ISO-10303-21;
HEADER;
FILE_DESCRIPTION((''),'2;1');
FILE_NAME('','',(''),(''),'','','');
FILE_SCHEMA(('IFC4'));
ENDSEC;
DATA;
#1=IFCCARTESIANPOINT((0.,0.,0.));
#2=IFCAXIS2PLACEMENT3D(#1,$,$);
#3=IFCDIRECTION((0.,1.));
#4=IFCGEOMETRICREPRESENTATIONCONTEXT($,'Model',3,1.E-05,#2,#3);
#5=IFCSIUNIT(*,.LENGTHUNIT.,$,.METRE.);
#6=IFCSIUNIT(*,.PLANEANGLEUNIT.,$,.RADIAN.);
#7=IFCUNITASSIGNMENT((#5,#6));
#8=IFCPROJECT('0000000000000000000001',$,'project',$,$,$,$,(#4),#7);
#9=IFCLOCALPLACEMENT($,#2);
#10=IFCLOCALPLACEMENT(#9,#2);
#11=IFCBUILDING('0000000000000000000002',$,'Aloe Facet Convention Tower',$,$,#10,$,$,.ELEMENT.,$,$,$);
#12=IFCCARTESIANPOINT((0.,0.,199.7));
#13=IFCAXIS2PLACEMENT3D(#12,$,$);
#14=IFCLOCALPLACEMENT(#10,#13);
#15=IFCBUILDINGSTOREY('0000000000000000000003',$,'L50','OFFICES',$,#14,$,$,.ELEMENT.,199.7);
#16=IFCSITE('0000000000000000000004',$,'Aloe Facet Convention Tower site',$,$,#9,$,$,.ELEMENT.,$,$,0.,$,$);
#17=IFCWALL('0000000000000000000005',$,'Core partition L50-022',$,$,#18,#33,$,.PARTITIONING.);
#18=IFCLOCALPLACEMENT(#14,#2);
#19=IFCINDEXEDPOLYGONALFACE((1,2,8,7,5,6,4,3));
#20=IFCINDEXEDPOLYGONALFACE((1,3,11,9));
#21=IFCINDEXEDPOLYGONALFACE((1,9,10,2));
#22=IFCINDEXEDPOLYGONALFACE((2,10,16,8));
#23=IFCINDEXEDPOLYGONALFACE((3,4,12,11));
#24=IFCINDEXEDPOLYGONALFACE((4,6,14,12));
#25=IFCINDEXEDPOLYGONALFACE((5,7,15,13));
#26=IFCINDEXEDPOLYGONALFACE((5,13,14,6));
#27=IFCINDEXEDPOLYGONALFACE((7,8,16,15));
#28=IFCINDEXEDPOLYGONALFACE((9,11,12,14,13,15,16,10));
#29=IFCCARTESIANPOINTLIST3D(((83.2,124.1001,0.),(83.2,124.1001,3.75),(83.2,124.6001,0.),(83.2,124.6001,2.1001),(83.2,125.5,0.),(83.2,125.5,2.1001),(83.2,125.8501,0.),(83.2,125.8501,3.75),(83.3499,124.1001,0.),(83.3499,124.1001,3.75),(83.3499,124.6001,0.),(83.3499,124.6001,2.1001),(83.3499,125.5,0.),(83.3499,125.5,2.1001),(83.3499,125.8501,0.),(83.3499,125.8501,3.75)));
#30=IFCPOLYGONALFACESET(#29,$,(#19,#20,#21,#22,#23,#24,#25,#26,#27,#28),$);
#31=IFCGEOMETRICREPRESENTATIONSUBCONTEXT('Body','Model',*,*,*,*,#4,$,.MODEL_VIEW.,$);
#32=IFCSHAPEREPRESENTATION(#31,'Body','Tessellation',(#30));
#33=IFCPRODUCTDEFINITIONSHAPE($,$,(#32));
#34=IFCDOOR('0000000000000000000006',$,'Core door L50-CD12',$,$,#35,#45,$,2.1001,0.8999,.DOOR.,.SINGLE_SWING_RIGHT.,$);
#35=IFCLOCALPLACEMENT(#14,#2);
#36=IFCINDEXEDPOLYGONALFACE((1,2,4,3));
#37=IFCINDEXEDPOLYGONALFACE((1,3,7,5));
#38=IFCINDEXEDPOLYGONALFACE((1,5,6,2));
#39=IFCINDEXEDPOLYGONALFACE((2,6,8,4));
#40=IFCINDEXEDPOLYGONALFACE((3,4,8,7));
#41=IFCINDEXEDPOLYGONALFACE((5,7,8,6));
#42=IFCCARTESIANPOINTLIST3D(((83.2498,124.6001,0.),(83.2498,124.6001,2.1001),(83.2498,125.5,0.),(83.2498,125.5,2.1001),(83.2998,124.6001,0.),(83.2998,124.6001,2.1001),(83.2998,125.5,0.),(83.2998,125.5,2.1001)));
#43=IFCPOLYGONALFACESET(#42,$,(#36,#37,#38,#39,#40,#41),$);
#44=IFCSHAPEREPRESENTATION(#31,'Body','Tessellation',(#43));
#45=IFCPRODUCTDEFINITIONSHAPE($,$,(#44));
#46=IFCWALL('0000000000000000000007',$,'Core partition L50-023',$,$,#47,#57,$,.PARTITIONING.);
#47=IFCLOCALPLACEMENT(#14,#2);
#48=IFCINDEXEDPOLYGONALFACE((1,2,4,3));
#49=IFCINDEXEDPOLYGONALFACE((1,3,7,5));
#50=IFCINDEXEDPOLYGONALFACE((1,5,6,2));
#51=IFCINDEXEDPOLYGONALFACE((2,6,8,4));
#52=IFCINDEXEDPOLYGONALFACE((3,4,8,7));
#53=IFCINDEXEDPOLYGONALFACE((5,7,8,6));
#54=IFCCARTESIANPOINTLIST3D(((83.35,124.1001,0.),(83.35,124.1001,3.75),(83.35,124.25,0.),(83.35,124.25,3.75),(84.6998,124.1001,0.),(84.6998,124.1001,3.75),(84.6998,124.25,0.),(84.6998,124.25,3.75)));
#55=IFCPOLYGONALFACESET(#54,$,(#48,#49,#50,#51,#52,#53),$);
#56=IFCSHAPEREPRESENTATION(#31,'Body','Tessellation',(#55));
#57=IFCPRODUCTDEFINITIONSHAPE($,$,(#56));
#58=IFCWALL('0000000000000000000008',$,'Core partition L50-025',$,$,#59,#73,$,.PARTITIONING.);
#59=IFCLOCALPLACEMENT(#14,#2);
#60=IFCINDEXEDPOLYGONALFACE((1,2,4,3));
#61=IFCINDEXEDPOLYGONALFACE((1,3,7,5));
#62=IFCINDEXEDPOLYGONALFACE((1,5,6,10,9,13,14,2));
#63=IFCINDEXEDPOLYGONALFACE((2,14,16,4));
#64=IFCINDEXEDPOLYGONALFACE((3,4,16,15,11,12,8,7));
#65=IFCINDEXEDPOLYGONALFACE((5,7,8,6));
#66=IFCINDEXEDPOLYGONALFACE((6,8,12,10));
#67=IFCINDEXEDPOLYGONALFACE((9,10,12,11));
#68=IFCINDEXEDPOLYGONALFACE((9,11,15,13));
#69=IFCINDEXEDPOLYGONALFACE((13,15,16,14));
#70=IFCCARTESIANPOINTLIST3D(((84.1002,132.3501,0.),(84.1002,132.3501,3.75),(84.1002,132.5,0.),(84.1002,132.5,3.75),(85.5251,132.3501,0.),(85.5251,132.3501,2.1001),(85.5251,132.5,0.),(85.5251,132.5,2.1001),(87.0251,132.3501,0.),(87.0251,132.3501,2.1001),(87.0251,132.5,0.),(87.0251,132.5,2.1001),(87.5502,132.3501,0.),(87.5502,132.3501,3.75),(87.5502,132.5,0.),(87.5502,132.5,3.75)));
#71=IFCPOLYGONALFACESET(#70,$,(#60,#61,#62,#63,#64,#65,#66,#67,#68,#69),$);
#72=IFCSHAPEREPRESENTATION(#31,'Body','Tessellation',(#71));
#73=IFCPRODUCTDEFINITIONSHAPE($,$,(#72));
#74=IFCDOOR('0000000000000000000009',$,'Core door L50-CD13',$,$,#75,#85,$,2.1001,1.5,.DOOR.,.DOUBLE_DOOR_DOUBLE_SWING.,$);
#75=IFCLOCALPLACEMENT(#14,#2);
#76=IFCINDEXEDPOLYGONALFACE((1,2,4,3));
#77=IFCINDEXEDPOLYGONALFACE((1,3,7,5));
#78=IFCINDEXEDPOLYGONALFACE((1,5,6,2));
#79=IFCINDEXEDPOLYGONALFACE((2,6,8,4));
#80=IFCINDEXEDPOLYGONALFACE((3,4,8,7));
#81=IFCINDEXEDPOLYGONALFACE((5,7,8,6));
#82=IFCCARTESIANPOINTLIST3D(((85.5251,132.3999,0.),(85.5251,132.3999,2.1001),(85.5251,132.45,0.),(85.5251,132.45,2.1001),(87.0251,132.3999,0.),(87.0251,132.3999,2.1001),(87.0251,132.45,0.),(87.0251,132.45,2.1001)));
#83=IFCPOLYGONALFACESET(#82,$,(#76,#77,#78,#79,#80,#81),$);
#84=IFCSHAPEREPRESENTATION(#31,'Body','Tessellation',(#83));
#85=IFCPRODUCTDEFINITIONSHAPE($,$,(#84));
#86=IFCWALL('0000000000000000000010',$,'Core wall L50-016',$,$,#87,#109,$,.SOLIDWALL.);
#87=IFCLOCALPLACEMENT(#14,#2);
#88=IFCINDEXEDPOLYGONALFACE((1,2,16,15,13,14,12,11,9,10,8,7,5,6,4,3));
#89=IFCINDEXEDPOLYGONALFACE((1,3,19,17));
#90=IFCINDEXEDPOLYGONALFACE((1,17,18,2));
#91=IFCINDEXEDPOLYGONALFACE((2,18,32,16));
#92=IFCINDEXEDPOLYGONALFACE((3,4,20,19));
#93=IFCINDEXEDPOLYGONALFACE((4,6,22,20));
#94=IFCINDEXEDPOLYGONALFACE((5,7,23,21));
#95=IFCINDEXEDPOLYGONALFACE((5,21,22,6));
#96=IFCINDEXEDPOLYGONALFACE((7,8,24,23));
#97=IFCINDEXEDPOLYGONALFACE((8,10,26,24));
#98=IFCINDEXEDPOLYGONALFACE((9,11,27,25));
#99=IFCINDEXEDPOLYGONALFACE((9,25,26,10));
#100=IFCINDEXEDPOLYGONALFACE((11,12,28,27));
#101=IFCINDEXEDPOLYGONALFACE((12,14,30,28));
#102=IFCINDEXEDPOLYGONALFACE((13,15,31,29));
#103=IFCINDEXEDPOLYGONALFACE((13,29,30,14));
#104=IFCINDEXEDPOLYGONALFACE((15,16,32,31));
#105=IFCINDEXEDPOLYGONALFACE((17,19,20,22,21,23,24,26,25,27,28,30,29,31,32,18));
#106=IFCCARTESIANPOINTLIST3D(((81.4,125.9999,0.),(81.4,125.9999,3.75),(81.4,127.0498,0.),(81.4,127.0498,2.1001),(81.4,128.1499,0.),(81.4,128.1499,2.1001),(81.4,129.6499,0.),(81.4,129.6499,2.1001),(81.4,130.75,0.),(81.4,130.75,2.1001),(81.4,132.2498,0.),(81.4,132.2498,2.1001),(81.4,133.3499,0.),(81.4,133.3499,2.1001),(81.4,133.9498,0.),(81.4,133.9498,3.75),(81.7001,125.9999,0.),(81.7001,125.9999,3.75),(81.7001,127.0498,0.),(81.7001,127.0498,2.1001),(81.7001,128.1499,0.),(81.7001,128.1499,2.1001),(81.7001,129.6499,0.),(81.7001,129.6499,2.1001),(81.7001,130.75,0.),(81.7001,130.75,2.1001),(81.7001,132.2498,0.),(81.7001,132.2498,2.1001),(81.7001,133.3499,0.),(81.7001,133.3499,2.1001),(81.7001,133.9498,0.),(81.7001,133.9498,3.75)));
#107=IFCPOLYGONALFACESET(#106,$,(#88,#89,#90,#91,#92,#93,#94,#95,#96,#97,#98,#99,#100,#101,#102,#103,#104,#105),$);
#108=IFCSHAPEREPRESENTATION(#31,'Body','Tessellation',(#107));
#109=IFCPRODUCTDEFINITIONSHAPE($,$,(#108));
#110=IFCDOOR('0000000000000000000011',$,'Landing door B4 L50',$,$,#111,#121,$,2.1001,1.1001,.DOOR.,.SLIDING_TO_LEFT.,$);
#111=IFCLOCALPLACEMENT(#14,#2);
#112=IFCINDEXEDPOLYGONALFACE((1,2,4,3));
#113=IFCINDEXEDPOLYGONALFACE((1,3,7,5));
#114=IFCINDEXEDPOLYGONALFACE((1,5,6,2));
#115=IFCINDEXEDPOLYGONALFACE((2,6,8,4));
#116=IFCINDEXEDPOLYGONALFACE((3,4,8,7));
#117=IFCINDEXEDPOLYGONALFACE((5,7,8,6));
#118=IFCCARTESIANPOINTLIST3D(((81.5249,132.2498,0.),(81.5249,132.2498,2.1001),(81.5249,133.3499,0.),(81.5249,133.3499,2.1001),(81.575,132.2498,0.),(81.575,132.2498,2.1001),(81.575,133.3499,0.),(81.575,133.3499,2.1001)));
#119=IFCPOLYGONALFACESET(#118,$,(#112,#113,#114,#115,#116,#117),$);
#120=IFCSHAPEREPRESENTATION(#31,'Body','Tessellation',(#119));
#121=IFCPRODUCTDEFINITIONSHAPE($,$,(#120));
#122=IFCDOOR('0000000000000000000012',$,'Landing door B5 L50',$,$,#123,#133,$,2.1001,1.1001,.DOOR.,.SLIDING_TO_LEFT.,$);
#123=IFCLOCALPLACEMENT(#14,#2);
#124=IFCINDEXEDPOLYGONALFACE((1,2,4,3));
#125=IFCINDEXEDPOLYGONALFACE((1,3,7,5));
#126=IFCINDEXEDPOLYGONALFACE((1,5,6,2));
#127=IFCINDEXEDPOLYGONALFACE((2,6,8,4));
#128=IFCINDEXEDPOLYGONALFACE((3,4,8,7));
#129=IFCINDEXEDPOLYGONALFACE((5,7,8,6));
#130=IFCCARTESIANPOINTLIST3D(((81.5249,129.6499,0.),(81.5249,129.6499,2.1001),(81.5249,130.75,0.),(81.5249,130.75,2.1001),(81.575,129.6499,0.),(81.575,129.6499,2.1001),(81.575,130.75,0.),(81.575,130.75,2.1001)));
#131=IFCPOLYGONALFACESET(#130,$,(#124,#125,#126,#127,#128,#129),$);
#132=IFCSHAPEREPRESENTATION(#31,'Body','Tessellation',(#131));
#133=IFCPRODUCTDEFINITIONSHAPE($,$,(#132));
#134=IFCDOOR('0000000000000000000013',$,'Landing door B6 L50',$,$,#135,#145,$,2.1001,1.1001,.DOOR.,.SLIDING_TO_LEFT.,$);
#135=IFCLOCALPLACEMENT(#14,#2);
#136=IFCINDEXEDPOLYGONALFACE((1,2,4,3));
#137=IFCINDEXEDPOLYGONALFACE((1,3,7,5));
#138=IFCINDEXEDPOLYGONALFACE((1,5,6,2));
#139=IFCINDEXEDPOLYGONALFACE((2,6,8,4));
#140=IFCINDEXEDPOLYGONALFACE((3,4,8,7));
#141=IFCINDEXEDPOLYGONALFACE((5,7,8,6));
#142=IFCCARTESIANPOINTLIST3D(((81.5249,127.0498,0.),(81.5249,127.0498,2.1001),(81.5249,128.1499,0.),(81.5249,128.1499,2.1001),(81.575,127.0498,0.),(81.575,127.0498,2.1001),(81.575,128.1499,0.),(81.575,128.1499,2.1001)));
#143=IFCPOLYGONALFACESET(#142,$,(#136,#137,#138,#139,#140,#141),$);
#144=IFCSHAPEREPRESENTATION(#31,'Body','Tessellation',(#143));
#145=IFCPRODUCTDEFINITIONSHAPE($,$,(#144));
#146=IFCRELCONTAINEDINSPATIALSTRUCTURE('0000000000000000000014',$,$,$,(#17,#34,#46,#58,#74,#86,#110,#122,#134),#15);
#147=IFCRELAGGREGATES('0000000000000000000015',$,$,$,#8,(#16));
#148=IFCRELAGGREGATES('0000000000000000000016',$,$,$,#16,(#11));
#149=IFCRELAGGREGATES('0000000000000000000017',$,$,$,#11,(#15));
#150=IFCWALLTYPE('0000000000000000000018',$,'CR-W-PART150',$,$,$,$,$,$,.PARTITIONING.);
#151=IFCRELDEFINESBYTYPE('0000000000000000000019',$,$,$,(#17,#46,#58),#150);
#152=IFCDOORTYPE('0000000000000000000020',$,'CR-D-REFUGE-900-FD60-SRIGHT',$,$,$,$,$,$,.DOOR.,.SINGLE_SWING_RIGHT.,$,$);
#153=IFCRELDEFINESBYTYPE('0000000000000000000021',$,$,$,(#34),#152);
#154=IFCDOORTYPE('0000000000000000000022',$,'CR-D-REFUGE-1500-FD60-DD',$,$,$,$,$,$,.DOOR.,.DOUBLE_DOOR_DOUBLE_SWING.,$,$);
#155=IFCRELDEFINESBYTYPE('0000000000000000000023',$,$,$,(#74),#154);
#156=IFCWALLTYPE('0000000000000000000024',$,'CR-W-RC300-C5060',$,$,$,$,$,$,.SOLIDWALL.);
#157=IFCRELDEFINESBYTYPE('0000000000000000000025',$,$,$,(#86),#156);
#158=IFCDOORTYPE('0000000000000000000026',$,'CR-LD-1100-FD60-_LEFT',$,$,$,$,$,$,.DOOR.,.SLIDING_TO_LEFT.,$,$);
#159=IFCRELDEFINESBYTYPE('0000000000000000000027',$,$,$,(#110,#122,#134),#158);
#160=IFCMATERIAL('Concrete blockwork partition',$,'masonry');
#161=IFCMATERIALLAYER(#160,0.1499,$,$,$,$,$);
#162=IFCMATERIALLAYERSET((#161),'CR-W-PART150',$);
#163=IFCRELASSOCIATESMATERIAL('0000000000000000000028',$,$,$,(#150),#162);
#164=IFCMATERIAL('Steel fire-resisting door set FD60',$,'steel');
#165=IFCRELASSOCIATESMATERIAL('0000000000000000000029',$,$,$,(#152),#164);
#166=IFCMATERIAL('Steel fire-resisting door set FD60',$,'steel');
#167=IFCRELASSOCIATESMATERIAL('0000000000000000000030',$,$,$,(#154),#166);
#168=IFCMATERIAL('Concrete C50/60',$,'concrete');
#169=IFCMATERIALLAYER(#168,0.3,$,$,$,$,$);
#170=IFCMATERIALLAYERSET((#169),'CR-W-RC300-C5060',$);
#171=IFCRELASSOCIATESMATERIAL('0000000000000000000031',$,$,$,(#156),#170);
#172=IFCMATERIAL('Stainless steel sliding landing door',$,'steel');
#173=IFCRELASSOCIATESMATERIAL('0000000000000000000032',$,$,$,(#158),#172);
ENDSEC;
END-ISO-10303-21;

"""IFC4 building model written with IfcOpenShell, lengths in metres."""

from ifc_helpers import new_model, si_unit, direction, frame, frame_2d, origin, place, context, subcontext, project, spatial, rectangle, extrude, material, layer, layer_set, type_object, element, fill, save


model = new_model("IFC4")

# Units and contexts
model_context = context("Model", 3, precision=1e-05, world=origin(), true_north=direction((0.0, 1.0)))
body_context = subcontext(model_context, "Body", "Model", "MODEL_VIEW")
ifc_project = project(units=[si_unit("LENGTHUNIT", "METRE"), si_unit("PLANEANGLEUNIT", "RADIAN")], contexts=[model_context])

# Site, building, storey
site_placement = place(None, origin())
site = spatial("IfcSite", under=ifc_project, at=site_placement, Name="Aloe Facet Convention Tower site", CompositionType="ELEMENT", RefElevation=0.0)
building_placement = place(site_placement, origin())
building = spatial("IfcBuilding", under=site, at=building_placement, Name="Aloe Facet Convention Tower", CompositionType="ELEMENT")
storey_placement = place(building_placement, frame((0.0, 0.0, 199.7)))
storey = spatial("IfcBuildingStorey", under=building, at=storey_placement, Name="L50", Description="OFFICES", CompositionType="ELEMENT", Elevation=199.7)

# Wall, opening, door
ifc_material_1 = material(Name="Concrete blockwork partition", Category="masonry")
ifc_layer_1 = layer(ifc_material_1, 0.1499)
ifc_layer_set_1 = layer_set([ifc_layer_1], Name="CR-W-PART150")
wall_type_1 = type_object("IfcWallType", Name="CR-W-PART150", PredefinedType="PARTITIONING", material=ifc_layer_set_1)
wall_1_placement = place(storey_placement, frame((83.2749, 125.8501, 0.0), z_axis=(0.0, 0.0, 1.0), x_axis=(0.0, -1.0, 0.0)))
wall_1 = element("IfcWall", 1, at=wall_1_placement, inside=storey, type_object=wall_type_1, Name="Core partition L50-022", PredefinedType="PARTITIONING", context=body_context, shape_type="SweptSolid", body=[
    extrude(rectangle(XDim=1.75, YDim=0.1499, at=frame_2d((0.875, 0.0))), origin(), (0.0, 0.0, 1.0), 3.75),
])
opening_1_placement = place(wall_1_placement, frame((0.3501, 0.0, 0.0)))
opening_1 = element("IfcOpeningElement", 2, at=opening_1_placement, cuts=wall_1, PredefinedType="OPENING", context=body_context, shape_type="SweptSolid", body=[
    extrude(rectangle(XDim=0.8999, YDim=2.1001, at=frame_2d((0.45, 1.05))), frame((0.0, 0.085, 0.0), z_axis=(0.0, -1.0, 0.0), x_axis=(1.0, 0.0, 0.0)), (0.0, 0.0, 1.0), 0.1699),
])
ifc_material_2 = material(Name="Steel fire-resisting door set FD60", Category="steel")
door_type_1 = type_object("IfcDoorType", Name="CR-D-REFUGE-900-FD60-SRIGHT", OperationType="SINGLE_SWING_RIGHT", PredefinedType="DOOR", material=ifc_material_2)
door_1_placement = place(opening_1_placement, origin())
door_1 = element("IfcDoor", 3, at=door_1_placement, inside=storey, type_object=door_type_1, Name="Core door L50-CD12", OperationType="SINGLE_SWING_RIGHT", OverallHeight=2.1001, OverallWidth=0.8999, PredefinedType="DOOR", context=body_context, shape_type="SweptSolid", body=[
    extrude(rectangle(XDim=0.8999, YDim=2.1001, at=frame_2d((0.45, 1.05))), frame((0.0, 0.0249, 0.0), z_axis=(0.0, -1.0, 0.0), x_axis=(1.0, 0.0, 0.0)), (0.0, 0.0, 1.0), 0.05),
])
fill(opening_1, door_1)

# Wall
wall_2_placement = place(storey_placement, frame((83.3501, 124.175, 0.0), z_axis=(0.0, 0.0, 1.0), x_axis=(1.0, 0.0, 0.0)))
element("IfcWall", 4, at=wall_2_placement, inside=storey, type_object=wall_type_1, Name="Core partition L50-023", PredefinedType="PARTITIONING", context=body_context, shape_type="SweptSolid", body=[
    extrude(rectangle(XDim=1.3499, YDim=0.1499, at=frame_2d((0.6748, 0.0))), origin(), (0.0, 0.0, 1.0), 3.75),
])

# Wall, opening, door
wall_3_placement = place(storey_placement, frame((84.1001, 132.425, 0.0), z_axis=(0.0, 0.0, 1.0), x_axis=(1.0, 0.0, 0.0)))
wall_3 = element("IfcWall", 5, at=wall_3_placement, inside=storey, type_object=wall_type_1, Name="Core partition L50-025", PredefinedType="PARTITIONING", context=body_context, shape_type="SweptSolid", body=[
    extrude(rectangle(XDim=3.45, YDim=0.1499, at=frame_2d((1.7251, 0.0))), origin(), (0.0, 0.0, 1.0), 3.75),
])
opening_2_placement = place(wall_3_placement, frame((1.425, 0.0, 0.0)))
opening_2 = element("IfcOpeningElement", 6, at=opening_2_placement, cuts=wall_3, PredefinedType="OPENING", context=body_context, shape_type="SweptSolid", body=[
    extrude(rectangle(XDim=1.5, YDim=2.1001, at=frame_2d((0.75, 1.05))), frame((0.0, 0.085, 0.0), z_axis=(0.0, -1.0, 0.0), x_axis=(1.0, 0.0, 0.0)), (0.0, 0.0, 1.0), 0.1699),
])
ifc_material_3 = material(Name="Steel fire-resisting door set FD60", Category="steel")
door_type_2 = type_object("IfcDoorType", Name="CR-D-REFUGE-1500-FD60-DD", OperationType="DOUBLE_DOOR_DOUBLE_SWING", PredefinedType="DOOR", material=ifc_material_3)
door_2_placement = place(opening_2_placement, origin())
door_2 = element("IfcDoor", 7, at=door_2_placement, inside=storey, type_object=door_type_2, Name="Core door L50-CD13", OperationType="DOUBLE_DOOR_DOUBLE_SWING", OverallHeight=2.1001, OverallWidth=1.5, PredefinedType="DOOR", context=body_context, shape_type="SweptSolid", body=[
    extrude(rectangle(XDim=1.5, YDim=2.1001, at=frame_2d((0.75, 1.05))), frame((0.0, 0.0249, 0.0), z_axis=(0.0, -1.0, 0.0), x_axis=(1.0, 0.0, 0.0)), (0.0, 0.0, 1.0), 0.05),
])
fill(opening_2, door_2)

# Wall, openings, doors
ifc_material_4 = material(Name="Concrete C50/60", Category="concrete")
ifc_layer_2 = layer(ifc_material_4, 0.3)
ifc_layer_set_2 = layer_set([ifc_layer_2], Name="CR-W-RC300-C5060")
wall_type_2 = type_object("IfcWallType", Name="CR-W-RC300-C5060", PredefinedType="SOLIDWALL", material=ifc_layer_set_2)
wall_4_placement = place(storey_placement, frame((81.55, 133.95, 0.0), z_axis=(0.0, 0.0, 1.0), x_axis=(0.0, -1.0, 0.0)))
wall_4 = element("IfcWall", 8, at=wall_4_placement, inside=storey, type_object=wall_type_2, Name="Core wall L50-016", PredefinedType="SOLIDWALL", context=body_context, shape_type="SweptSolid", body=[
    extrude(rectangle(XDim=7.95, YDim=0.3, at=frame_2d((3.9751, 0.0))), origin(), (0.0, 0.0, 1.0), 3.75),
])
opening_3_placement = place(wall_4_placement, frame((0.6001, 0.0, 0.0)))
opening_3 = element("IfcOpeningElement", 9, at=opening_3_placement, cuts=wall_4, PredefinedType="OPENING", context=body_context, shape_type="SweptSolid", body=[
    extrude(rectangle(XDim=1.1001, YDim=2.1001, at=frame_2d((0.55, 1.05))), frame((0.0, 0.1602, 0.0), z_axis=(0.0, -1.0, 0.0), x_axis=(1.0, 0.0, 0.0)), (0.0, 0.0, 1.0), 0.3201),
])
opening_4_placement = place(wall_4_placement, frame((3.2, 0.0, 0.0)))
opening_4 = element("IfcOpeningElement", 10, at=opening_4_placement, cuts=wall_4, PredefinedType="OPENING", context=body_context, shape_type="SweptSolid", body=[
    extrude(rectangle(XDim=1.1001, YDim=2.1001, at=frame_2d((0.55, 1.05))), frame((0.0, 0.1602, 0.0), z_axis=(0.0, -1.0, 0.0), x_axis=(1.0, 0.0, 0.0)), (0.0, 0.0, 1.0), 0.3201),
])
opening_5_placement = place(wall_4_placement, frame((5.8, 0.0, 0.0)))
opening_5 = element("IfcOpeningElement", 11, at=opening_5_placement, cuts=wall_4, PredefinedType="OPENING", context=body_context, shape_type="SweptSolid", body=[
    extrude(rectangle(XDim=1.1001, YDim=2.1001, at=frame_2d((0.55, 1.05))), frame((0.0, 0.1602, 0.0), z_axis=(0.0, -1.0, 0.0), x_axis=(1.0, 0.0, 0.0)), (0.0, 0.0, 1.0), 0.3201),
])
ifc_material_5 = material(Name="Stainless steel sliding landing door", Category="steel")
door_type_3 = type_object("IfcDoorType", Name="CR-LD-1100-FD60-_LEFT", OperationType="SLIDING_TO_LEFT", PredefinedType="DOOR", material=ifc_material_5)
door_3_placement = place(opening_3_placement, origin())
door_3 = element("IfcDoor", 12, at=door_3_placement, inside=storey, type_object=door_type_3, Name="Landing door B4 L50", OperationType="SLIDING_TO_LEFT", OverallHeight=2.1001, OverallWidth=1.1001, PredefinedType="DOOR", context=body_context, shape_type="SweptSolid", body=[
    extrude(rectangle(XDim=1.1001, YDim=2.1001, at=frame_2d((0.55, 1.05))), frame((0.0, 0.0249, 0.0), z_axis=(0.0, -1.0, 0.0), x_axis=(1.0, 0.0, 0.0)), (0.0, 0.0, 1.0), 0.05),
])
fill(opening_3, door_3)
door_4_placement = place(opening_4_placement, origin())
door_4 = element("IfcDoor", 13, at=door_4_placement, inside=storey, type_object=door_type_3, Name="Landing door B5 L50", OperationType="SLIDING_TO_LEFT", OverallHeight=2.1001, OverallWidth=1.1001, PredefinedType="DOOR", context=body_context, shape_type="SweptSolid", body=[
    extrude(rectangle(XDim=1.1001, YDim=2.1001, at=frame_2d((0.55, 1.05))), frame((0.0, 0.0249, 0.0), z_axis=(0.0, -1.0, 0.0), x_axis=(1.0, 0.0, 0.0)), (0.0, 0.0, 1.0), 0.05),
])
fill(opening_4, door_4)
door_5_placement = place(opening_5_placement, origin())
door_5 = element("IfcDoor", 14, at=door_5_placement, inside=storey, type_object=door_type_3, Name="Landing door B6 L50", OperationType="SLIDING_TO_LEFT", OverallHeight=2.1001, OverallWidth=1.1001, PredefinedType="DOOR", context=body_context, shape_type="SweptSolid", body=[
    extrude(rectangle(XDim=1.1001, YDim=2.1001, at=frame_2d((0.55, 1.05))), frame((0.0, 0.0249, 0.0), z_axis=(0.0, -1.0, 0.0), x_axis=(1.0, 0.0, 0.0)), (0.0, 0.0, 1.0), 0.05),
])
fill(opening_5, door_5)

save(model, "model.ifc")
